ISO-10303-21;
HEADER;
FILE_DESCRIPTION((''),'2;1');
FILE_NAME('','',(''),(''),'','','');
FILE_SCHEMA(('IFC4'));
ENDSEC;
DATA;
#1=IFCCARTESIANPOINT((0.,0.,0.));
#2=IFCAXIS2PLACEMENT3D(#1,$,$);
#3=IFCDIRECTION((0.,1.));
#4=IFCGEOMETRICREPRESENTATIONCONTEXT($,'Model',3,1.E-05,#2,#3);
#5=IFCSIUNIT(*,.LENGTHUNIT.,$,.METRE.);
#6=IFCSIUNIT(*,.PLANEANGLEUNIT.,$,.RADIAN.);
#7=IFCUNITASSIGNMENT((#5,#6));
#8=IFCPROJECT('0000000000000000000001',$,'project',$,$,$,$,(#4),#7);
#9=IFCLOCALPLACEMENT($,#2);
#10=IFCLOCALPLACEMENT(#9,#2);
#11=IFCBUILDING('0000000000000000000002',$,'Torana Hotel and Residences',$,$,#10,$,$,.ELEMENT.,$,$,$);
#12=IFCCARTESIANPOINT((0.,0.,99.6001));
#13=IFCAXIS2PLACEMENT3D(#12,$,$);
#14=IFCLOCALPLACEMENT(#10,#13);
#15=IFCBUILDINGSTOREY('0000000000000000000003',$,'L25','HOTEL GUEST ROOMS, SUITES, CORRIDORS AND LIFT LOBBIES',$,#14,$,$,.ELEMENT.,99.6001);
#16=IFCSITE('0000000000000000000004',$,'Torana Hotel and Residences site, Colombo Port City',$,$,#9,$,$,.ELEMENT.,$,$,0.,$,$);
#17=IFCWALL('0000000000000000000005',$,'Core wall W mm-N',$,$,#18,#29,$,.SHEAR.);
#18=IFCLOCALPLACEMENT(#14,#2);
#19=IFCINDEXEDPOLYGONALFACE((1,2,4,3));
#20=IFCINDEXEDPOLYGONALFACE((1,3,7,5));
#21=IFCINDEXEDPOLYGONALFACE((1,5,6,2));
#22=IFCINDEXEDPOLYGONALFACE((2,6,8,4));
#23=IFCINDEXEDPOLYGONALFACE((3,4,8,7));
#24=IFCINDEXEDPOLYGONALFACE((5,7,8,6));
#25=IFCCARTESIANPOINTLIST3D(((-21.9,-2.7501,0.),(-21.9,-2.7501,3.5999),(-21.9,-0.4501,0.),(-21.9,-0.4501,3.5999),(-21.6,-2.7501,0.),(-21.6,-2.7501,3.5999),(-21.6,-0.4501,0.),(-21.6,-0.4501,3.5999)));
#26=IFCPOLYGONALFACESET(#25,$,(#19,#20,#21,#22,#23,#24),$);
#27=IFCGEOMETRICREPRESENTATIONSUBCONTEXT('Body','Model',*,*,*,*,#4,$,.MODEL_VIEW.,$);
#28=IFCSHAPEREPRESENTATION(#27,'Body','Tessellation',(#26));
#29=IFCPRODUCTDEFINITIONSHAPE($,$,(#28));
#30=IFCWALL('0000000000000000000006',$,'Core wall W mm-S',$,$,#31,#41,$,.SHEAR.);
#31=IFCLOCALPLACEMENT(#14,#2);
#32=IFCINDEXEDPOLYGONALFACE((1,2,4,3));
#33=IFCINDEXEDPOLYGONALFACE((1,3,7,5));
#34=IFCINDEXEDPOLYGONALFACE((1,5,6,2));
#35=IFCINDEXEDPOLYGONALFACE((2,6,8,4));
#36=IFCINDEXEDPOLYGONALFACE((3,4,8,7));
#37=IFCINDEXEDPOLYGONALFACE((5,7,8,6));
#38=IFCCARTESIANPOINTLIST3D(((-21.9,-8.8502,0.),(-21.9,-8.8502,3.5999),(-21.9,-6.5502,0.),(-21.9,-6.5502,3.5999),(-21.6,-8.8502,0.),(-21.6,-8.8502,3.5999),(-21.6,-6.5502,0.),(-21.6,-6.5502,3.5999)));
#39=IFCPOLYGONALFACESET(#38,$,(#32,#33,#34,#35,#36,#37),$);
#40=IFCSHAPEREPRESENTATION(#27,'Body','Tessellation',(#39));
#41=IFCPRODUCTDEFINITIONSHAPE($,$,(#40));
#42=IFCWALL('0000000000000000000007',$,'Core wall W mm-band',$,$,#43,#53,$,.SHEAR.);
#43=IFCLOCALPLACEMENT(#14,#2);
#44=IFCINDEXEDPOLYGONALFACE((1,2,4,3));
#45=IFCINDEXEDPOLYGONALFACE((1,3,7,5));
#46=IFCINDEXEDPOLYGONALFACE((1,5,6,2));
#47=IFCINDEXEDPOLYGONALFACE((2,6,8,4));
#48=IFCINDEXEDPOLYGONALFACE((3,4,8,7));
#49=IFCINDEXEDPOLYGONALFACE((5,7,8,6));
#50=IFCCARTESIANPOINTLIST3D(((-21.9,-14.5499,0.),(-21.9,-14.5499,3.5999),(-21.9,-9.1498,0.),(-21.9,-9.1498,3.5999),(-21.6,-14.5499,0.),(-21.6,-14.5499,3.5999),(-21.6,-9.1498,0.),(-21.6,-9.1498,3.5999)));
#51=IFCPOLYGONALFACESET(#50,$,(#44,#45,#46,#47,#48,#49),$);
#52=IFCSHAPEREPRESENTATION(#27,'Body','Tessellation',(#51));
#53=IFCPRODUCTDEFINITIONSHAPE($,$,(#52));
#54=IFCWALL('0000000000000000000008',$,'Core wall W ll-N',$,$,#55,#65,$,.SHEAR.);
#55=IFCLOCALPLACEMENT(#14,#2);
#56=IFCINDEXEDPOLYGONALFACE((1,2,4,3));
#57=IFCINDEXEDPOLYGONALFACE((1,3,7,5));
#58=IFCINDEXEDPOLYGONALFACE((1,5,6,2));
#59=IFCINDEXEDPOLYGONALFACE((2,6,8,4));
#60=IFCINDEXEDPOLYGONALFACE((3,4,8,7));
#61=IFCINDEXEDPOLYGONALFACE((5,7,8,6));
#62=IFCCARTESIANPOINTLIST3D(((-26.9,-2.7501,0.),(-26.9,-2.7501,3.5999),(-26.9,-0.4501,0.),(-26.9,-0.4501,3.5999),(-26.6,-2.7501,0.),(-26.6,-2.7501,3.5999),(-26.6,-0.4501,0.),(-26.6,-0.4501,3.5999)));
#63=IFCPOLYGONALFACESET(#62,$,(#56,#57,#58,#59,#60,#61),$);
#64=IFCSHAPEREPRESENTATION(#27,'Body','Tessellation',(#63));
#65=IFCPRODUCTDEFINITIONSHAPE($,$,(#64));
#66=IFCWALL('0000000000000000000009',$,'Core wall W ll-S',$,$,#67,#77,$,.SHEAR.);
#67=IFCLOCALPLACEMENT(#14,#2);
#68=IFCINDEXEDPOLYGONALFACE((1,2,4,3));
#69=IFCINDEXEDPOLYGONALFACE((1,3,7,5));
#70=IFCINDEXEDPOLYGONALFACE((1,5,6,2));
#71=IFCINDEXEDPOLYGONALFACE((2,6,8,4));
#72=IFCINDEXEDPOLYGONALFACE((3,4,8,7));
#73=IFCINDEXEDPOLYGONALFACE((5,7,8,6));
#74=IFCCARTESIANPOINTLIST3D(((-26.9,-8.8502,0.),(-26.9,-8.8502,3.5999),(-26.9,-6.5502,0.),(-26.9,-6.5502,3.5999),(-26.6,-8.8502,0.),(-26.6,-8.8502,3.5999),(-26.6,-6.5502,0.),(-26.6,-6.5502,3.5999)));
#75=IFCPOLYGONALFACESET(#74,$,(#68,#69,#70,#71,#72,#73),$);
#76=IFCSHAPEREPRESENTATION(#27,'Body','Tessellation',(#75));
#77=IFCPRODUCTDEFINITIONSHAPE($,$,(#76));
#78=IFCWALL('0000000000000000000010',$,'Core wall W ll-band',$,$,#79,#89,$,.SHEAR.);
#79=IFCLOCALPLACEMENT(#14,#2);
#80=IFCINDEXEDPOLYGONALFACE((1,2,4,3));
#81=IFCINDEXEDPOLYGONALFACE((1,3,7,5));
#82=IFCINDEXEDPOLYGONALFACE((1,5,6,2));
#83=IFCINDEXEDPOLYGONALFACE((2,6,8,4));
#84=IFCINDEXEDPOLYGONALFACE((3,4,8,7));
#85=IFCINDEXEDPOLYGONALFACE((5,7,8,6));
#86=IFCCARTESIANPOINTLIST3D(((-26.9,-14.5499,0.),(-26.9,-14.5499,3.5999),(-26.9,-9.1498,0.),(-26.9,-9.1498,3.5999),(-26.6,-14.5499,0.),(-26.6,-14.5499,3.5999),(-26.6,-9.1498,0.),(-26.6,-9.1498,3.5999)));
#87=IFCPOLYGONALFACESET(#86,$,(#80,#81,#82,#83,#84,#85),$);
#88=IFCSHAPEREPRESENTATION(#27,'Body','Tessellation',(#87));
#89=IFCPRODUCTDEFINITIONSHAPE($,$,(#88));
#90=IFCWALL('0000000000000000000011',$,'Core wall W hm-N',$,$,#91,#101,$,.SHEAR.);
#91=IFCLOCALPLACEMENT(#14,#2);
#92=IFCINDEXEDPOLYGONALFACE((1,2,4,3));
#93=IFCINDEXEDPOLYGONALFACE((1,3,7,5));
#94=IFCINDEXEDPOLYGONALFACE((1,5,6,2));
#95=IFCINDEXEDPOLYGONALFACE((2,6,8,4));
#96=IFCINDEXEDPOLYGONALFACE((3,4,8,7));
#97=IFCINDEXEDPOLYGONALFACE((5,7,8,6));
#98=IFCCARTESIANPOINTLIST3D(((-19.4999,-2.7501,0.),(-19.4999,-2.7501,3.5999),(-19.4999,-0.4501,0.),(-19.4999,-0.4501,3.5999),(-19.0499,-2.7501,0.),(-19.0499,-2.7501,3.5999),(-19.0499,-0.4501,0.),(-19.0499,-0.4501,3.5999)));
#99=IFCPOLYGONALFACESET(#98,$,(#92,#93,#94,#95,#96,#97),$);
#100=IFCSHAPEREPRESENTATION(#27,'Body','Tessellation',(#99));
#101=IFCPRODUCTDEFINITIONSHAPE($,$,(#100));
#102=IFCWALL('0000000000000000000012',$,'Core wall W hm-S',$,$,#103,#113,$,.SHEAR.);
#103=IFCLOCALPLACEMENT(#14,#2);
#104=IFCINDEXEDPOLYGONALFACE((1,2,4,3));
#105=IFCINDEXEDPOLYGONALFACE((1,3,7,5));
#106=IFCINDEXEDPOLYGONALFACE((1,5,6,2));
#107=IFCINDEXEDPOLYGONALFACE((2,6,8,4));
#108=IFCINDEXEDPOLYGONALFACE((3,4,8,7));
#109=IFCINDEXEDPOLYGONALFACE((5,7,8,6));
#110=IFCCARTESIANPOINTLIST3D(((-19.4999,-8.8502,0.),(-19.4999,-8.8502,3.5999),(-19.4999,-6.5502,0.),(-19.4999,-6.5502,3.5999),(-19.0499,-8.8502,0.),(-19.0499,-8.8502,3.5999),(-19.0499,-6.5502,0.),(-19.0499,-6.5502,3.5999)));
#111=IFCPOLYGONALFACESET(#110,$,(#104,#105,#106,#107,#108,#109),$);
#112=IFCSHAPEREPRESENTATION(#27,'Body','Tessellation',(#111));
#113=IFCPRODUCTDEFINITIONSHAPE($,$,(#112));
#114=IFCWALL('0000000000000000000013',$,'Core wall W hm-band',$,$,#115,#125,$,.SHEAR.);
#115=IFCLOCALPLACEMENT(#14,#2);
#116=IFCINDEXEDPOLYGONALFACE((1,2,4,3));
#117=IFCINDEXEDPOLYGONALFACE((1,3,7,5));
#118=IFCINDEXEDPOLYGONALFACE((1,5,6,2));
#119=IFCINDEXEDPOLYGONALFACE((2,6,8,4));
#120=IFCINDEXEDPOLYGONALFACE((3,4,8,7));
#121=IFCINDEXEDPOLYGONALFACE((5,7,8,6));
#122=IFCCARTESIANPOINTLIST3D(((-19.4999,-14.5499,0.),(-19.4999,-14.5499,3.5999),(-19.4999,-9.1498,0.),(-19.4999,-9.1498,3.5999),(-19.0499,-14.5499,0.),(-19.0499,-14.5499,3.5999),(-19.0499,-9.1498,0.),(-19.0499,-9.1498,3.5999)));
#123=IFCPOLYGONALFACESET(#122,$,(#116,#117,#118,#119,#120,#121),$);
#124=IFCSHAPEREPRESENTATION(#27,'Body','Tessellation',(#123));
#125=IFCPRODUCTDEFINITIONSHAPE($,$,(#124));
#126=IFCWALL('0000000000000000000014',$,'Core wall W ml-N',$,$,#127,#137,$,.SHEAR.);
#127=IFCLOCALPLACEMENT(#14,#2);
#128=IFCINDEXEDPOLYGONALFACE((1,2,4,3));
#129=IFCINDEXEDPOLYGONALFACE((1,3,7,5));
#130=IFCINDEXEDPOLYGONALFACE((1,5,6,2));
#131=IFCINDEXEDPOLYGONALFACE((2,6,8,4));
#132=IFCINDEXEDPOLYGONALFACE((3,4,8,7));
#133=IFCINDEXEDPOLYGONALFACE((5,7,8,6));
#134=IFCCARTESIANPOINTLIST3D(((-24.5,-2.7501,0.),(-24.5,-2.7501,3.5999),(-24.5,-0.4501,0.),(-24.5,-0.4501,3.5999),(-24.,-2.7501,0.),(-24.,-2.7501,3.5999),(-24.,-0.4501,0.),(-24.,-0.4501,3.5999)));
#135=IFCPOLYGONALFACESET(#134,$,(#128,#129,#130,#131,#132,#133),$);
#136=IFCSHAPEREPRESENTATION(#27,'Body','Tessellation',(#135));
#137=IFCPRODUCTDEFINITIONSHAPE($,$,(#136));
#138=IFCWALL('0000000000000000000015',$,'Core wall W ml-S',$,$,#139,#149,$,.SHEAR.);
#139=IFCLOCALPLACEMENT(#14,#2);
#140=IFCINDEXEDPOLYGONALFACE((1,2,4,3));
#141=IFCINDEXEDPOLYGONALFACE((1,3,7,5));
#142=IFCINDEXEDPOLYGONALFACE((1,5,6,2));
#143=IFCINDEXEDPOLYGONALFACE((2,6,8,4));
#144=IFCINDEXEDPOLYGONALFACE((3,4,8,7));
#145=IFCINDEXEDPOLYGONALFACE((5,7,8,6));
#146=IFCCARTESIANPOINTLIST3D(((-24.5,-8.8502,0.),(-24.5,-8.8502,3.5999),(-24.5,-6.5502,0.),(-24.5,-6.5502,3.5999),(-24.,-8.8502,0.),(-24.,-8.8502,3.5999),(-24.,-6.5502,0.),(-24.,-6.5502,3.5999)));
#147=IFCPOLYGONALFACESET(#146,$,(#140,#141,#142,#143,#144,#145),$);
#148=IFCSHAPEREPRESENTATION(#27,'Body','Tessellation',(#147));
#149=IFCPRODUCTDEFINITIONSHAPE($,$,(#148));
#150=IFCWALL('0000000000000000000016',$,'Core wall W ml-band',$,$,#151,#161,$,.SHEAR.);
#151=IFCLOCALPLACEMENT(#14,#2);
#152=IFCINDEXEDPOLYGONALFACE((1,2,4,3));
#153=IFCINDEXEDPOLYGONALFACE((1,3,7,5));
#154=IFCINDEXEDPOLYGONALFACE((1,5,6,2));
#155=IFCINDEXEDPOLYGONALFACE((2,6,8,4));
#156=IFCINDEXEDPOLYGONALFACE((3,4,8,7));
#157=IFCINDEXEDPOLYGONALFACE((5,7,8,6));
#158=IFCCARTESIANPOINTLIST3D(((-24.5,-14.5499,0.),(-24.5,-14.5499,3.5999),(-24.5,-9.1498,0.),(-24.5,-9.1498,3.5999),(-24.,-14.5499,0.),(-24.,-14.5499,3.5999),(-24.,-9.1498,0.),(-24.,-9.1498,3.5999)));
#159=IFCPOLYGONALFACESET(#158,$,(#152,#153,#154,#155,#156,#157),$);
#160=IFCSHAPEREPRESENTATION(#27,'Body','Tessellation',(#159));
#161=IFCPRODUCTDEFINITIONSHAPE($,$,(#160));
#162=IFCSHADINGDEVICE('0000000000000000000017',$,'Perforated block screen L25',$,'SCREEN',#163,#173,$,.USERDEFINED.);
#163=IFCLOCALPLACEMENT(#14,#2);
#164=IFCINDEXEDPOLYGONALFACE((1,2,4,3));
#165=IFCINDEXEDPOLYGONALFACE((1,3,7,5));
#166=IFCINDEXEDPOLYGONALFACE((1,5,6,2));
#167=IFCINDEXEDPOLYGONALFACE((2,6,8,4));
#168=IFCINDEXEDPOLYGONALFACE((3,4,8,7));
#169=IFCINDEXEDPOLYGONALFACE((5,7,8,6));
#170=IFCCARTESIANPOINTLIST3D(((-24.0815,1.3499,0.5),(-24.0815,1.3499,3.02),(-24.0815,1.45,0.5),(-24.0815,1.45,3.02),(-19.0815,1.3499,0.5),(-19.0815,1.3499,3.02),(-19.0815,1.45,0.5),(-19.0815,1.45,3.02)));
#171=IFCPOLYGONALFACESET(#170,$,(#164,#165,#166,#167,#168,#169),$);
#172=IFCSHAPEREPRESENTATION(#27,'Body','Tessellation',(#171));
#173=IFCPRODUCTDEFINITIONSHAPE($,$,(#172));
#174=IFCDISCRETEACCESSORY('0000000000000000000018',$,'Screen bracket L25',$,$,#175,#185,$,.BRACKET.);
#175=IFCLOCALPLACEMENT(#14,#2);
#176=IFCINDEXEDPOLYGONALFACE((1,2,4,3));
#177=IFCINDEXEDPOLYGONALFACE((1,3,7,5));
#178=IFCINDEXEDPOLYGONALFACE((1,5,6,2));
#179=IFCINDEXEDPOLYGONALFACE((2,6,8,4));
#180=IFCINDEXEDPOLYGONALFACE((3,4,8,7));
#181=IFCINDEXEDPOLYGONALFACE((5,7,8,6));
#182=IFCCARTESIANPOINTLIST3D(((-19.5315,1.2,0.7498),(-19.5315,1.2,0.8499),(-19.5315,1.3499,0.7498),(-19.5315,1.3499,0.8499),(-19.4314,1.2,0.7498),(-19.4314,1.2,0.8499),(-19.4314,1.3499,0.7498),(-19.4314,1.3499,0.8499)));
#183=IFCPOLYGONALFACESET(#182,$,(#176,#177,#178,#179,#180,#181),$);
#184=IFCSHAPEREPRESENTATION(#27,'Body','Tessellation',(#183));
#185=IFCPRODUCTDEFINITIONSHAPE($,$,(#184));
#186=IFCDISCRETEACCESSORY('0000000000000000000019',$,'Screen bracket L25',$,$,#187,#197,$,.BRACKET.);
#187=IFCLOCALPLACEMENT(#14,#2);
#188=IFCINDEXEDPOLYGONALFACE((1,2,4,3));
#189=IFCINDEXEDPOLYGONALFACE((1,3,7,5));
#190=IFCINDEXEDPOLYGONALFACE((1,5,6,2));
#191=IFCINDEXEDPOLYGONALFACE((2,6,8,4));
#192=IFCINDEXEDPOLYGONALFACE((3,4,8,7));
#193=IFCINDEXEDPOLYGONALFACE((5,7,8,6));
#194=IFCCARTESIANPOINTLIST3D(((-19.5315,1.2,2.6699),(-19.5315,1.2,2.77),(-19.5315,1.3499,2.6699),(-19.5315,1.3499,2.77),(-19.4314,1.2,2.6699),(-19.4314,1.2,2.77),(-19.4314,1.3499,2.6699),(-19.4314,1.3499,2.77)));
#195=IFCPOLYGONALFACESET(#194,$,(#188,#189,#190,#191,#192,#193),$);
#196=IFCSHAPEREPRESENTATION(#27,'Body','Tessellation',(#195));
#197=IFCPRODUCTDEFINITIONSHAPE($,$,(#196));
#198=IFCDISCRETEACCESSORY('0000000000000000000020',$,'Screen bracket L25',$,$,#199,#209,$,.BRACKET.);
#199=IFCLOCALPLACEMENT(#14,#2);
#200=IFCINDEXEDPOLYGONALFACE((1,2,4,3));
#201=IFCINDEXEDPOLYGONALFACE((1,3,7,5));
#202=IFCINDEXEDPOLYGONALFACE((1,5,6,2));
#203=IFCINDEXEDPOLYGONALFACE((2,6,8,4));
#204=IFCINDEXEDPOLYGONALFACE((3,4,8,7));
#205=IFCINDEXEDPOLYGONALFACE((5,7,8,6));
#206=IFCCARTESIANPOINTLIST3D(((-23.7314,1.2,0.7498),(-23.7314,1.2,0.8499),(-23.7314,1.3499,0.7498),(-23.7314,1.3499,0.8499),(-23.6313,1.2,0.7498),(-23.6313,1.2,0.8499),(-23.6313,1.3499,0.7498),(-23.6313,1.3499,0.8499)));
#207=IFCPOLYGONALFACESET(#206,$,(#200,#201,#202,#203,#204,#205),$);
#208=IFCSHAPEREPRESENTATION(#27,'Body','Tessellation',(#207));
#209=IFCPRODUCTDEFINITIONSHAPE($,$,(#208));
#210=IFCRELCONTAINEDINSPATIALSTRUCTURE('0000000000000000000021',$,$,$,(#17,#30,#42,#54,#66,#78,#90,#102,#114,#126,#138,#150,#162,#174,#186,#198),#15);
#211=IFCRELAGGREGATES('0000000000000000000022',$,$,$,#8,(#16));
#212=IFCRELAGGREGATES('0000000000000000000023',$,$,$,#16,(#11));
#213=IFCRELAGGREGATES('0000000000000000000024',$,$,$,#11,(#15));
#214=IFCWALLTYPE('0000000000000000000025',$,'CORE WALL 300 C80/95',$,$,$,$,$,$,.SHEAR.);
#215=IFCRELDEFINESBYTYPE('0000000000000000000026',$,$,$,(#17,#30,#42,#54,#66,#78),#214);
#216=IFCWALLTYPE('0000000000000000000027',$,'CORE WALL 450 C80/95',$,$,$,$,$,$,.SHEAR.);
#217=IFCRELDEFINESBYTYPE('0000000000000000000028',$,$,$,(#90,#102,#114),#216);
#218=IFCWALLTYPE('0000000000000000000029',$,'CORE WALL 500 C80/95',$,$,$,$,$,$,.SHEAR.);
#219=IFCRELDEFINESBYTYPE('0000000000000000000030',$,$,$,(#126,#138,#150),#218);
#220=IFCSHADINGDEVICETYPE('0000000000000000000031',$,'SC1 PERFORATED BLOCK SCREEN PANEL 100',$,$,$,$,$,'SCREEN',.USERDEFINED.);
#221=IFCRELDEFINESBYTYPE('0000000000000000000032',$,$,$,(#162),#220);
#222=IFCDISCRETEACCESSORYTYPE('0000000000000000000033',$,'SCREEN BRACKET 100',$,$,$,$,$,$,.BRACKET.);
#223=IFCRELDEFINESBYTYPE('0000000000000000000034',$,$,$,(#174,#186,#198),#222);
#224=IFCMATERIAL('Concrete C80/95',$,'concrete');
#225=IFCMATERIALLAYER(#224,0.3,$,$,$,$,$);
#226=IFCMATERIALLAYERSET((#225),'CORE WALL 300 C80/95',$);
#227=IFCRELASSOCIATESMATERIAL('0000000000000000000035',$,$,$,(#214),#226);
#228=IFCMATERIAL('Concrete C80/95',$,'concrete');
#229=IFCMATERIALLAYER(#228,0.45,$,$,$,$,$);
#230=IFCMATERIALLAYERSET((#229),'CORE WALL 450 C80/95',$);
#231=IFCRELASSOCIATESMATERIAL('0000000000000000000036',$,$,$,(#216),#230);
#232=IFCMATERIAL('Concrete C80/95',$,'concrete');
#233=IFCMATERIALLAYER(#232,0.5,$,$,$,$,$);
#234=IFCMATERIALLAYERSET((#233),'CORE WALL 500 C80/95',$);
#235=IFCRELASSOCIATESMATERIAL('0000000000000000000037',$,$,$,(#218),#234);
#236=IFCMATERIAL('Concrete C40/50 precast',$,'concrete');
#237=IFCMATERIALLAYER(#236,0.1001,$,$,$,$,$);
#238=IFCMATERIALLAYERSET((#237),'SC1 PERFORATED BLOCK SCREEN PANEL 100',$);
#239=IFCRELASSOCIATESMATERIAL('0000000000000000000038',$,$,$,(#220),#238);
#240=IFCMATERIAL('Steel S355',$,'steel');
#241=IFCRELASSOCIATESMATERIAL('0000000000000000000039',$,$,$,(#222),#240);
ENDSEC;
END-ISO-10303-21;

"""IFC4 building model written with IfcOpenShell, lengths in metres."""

from ifc_helpers import new_model, si_unit, direction, frame, frame_2d, origin, origin_2d, place, context, subcontext, project, spatial, rectangle, extrude, material, layer, layer_set, type_object, element, save


model = new_model("IFC4")

# Units and contexts
model_context = context("Model", 3, precision=1e-05, world=origin(), true_north=direction((0.0, 1.0)))
body_context = subcontext(model_context, "Body", "Model", "MODEL_VIEW")
ifc_project = project(units=[si_unit("LENGTHUNIT", "METRE"), si_unit("PLANEANGLEUNIT", "RADIAN")], contexts=[model_context])

# Site, building, storey
site_placement = place(None, origin())
site = spatial("IfcSite", under=ifc_project, at=site_placement, Name="Torana Hotel and Residences site, Colombo Port City", CompositionType="ELEMENT", RefElevation=0.0)
building_placement = place(site_placement, origin())
building = spatial("IfcBuilding", under=site, at=building_placement, Name="Torana Hotel and Residences", CompositionType="ELEMENT")
storey_placement = place(building_placement, frame((0.0, 0.0, 99.6001)))
storey = spatial("IfcBuildingStorey", under=building, at=storey_placement, Name="L25", Description="HOTEL GUEST ROOMS, SUITES, CORRIDORS AND LIFT LOBBIES", CompositionType="ELEMENT", Elevation=99.6001)

# Walls
ifc_material_1 = material(Name="Concrete C80/95", Category="concrete")
ifc_layer_1 = layer(ifc_material_1, 0.3)
ifc_layer_set_1 = layer_set([ifc_layer_1], Name="CORE WALL 300 C80/95")
wall_type_1 = type_object("IfcWallType", Name="CORE WALL 300 C80/95", PredefinedType="SHEAR", material=ifc_layer_set_1)
for number, where, z_axis, x_axis, name in (
    (1, (-21.75, -2.75, 0.0), (0.0, 0.0, 1.0), (0.0, 1.0, 0.0), "Core wall W mm-N"),
    (2, (-21.75, -8.8501, 0.0), (0.0, 0.0, 1.0), (0.0, 1.0, 0.0), "Core wall W mm-S"),
):
    element("IfcWall", number, at=place(storey_placement, frame(where, z_axis=z_axis, x_axis=x_axis)), inside=storey, type_object=wall_type_1, Name=name, PredefinedType="SHEAR", context=body_context, shape_type="SweptSolid", body=[
        extrude(rectangle(XDim=2.3, YDim=0.3, at=frame_2d((1.1499, 0.0))), origin(), (0.0, 0.0, 1.0), 3.5999),
    ])
wall_1_placement = place(storey_placement, frame((-21.75, -14.55, 0.0), z_axis=(0.0, 0.0, 1.0), x_axis=(0.0, 1.0, 0.0)))
element("IfcWall", 3, at=wall_1_placement, inside=storey, type_object=wall_type_1, Name="Core wall W mm-band", PredefinedType="SHEAR", context=body_context, shape_type="SweptSolid", body=[
    extrude(rectangle(XDim=5.4001, YDim=0.3, at=frame_2d((2.7002, 0.0))), origin(), (0.0, 0.0, 1.0), 3.5999),
])
for number, where, z_axis, x_axis, name in (
    (4, (-26.75, -2.75, 0.0), (0.0, 0.0, 1.0), (0.0, 1.0, 0.0), "Core wall W ll-N"),
    (5, (-26.75, -8.8501, 0.0), (0.0, 0.0, 1.0), (0.0, 1.0, 0.0), "Core wall W ll-S"),
):
    element("IfcWall", number, at=place(storey_placement, frame(where, z_axis=z_axis, x_axis=x_axis)), inside=storey, type_object=wall_type_1, Name=name, PredefinedType="SHEAR", context=body_context, shape_type="SweptSolid", body=[
        extrude(rectangle(XDim=2.3, YDim=0.3, at=frame_2d((1.1499, 0.0))), origin(), (0.0, 0.0, 1.0), 3.5999),
    ])
wall_2_placement = place(storey_placement, frame((-26.75, -14.55, 0.0), z_axis=(0.0, 0.0, 1.0), x_axis=(0.0, 1.0, 0.0)))
element("IfcWall", 6, at=wall_2_placement, inside=storey, type_object=wall_type_1, Name="Core wall W ll-band", PredefinedType="SHEAR", context=body_context, shape_type="SweptSolid", body=[
    extrude(rectangle(XDim=5.4001, YDim=0.3, at=frame_2d((2.7002, 0.0))), origin(), (0.0, 0.0, 1.0), 3.5999),
])
ifc_material_2 = material(Name="Concrete C80/95", Category="concrete")
ifc_layer_2 = layer(ifc_material_2, 0.45)
ifc_layer_set_2 = layer_set([ifc_layer_2], Name="CORE WALL 450 C80/95")
wall_type_2 = type_object("IfcWallType", Name="CORE WALL 450 C80/95", PredefinedType="SHEAR", material=ifc_layer_set_2)
for number, where, z_axis, x_axis, name in (
    (7, (-19.2749, -2.75, 0.0), (0.0, 0.0, 1.0), (0.0, 1.0, 0.0), "Core wall W hm-N"),
    (8, (-19.2749, -8.8501, 0.0), (0.0, 0.0, 1.0), (0.0, 1.0, 0.0), "Core wall W hm-S"),
):
    element("IfcWall", number, at=place(storey_placement, frame(where, z_axis=z_axis, x_axis=x_axis)), inside=storey, type_object=wall_type_2, Name=name, PredefinedType="SHEAR", context=body_context, shape_type="SweptSolid", body=[
        extrude(rectangle(XDim=2.3, YDim=0.45, at=frame_2d((1.1499, 0.0))), origin(), (0.0, 0.0, 1.0), 3.5999),
    ])
wall_3_placement = place(storey_placement, frame((-19.2749, -14.55, 0.0), z_axis=(0.0, 0.0, 1.0), x_axis=(0.0, 1.0, 0.0)))
element("IfcWall", 9, at=wall_3_placement, inside=storey, type_object=wall_type_2, Name="Core wall W hm-band", PredefinedType="SHEAR", context=body_context, shape_type="SweptSolid", body=[
    extrude(rectangle(XDim=5.4001, YDim=0.45, at=frame_2d((2.7002, 0.0))), origin(), (0.0, 0.0, 1.0), 3.5999),
])
ifc_material_3 = material(Name="Concrete C80/95", Category="concrete")
ifc_layer_3 = layer(ifc_material_3, 0.5)
ifc_layer_set_3 = layer_set([ifc_layer_3], Name="CORE WALL 500 C80/95")
wall_type_3 = type_object("IfcWallType", Name="CORE WALL 500 C80/95", PredefinedType="SHEAR", material=ifc_layer_set_3)
for number, where, z_axis, x_axis, name in (
    (10, (-24.25, -2.75, 0.0), (0.0, 0.0, 1.0), (0.0, 1.0, 0.0), "Core wall W ml-N"),
    (11, (-24.25, -8.8501, 0.0), (0.0, 0.0, 1.0), (0.0, 1.0, 0.0), "Core wall W ml-S"),
):
    element("IfcWall", number, at=place(storey_placement, frame(where, z_axis=z_axis, x_axis=x_axis)), inside=storey, type_object=wall_type_3, Name=name, PredefinedType="SHEAR", context=body_context, shape_type="SweptSolid", body=[
        extrude(rectangle(XDim=2.3, YDim=0.5, at=frame_2d((1.1499, 0.0))), origin(), (0.0, 0.0, 1.0), 3.5999),
    ])
wall_4_placement = place(storey_placement, frame((-24.25, -14.55, 0.0), z_axis=(0.0, 0.0, 1.0), x_axis=(0.0, 1.0, 0.0)))
element("IfcWall", 12, at=wall_4_placement, inside=storey, type_object=wall_type_3, Name="Core wall W ml-band", PredefinedType="SHEAR", context=body_context, shape_type="SweptSolid", body=[
    extrude(rectangle(XDim=5.4001, YDim=0.5, at=frame_2d((2.7002, 0.0))), origin(), (0.0, 0.0, 1.0), 3.5999),
])

# Shading device
ifc_material_4 = material(Name="Concrete C40/50 precast", Category="concrete")
ifc_layer_4 = layer(ifc_material_4, 0.1001)
ifc_layer_set_4 = layer_set([ifc_layer_4], Name="SC1 PERFORATED BLOCK SCREEN PANEL 100")
shading_device_type = type_object("IfcShadingDeviceType", Name="SC1 PERFORATED BLOCK SCREEN PANEL 100", ElementType="SCREEN", PredefinedType="USERDEFINED", material=ifc_layer_set_4)
shading_device_placement = place(storey_placement, frame((-21.5815, 1.3999, 0.5), z_axis=(0.0, 0.0, 1.0), x_axis=(-1.0, 0.0, 0.0)))
element("IfcShadingDevice", 13, at=shading_device_placement, inside=storey, type_object=shading_device_type, Name="Perforated block screen L25", ObjectType="SCREEN", PredefinedType="USERDEFINED", context=body_context, shape_type="SweptSolid", body=[
    extrude(rectangle(XDim=5.0, YDim=0.1001, at=origin_2d()), origin(), (0.0, 0.0, 1.0), 2.52),
])

# Discrete accessories
ifc_material_5 = material(Name="Steel S355", Category="steel")
discrete_accessory_type = type_object("IfcDiscreteAccessoryType", Name="SCREEN BRACKET 100", PredefinedType="BRACKET", material=ifc_material_5)
for number, where, z_axis, x_axis, name in (
    (14, (-19.4814, 1.2749, 0.7498), (0.0, 0.0, 1.0), (-1.0, 0.0, 0.0), "Screen bracket L25"),
    (15, (-19.4814, 1.2749, 2.6699), (0.0, 0.0, 1.0), (-1.0, 0.0, 0.0), "Screen bracket L25"),
    (16, (-23.6814, 1.2749, 0.7498), (0.0, 0.0, 1.0), (-1.0, 0.0, 0.0), "Screen bracket L25"),
):
    element("IfcDiscreteAccessory", number, at=place(storey_placement, frame(where, z_axis=z_axis, x_axis=x_axis)), inside=storey, type_object=discrete_accessory_type, Name=name, PredefinedType="BRACKET", context=body_context, shape_type="SweptSolid", body=[
        extrude(rectangle(XDim=0.1001, YDim=0.1499, at=origin_2d()), origin(), (0.0, 0.0, 1.0), 0.1001),
    ])

save(model, "model.ifc")
